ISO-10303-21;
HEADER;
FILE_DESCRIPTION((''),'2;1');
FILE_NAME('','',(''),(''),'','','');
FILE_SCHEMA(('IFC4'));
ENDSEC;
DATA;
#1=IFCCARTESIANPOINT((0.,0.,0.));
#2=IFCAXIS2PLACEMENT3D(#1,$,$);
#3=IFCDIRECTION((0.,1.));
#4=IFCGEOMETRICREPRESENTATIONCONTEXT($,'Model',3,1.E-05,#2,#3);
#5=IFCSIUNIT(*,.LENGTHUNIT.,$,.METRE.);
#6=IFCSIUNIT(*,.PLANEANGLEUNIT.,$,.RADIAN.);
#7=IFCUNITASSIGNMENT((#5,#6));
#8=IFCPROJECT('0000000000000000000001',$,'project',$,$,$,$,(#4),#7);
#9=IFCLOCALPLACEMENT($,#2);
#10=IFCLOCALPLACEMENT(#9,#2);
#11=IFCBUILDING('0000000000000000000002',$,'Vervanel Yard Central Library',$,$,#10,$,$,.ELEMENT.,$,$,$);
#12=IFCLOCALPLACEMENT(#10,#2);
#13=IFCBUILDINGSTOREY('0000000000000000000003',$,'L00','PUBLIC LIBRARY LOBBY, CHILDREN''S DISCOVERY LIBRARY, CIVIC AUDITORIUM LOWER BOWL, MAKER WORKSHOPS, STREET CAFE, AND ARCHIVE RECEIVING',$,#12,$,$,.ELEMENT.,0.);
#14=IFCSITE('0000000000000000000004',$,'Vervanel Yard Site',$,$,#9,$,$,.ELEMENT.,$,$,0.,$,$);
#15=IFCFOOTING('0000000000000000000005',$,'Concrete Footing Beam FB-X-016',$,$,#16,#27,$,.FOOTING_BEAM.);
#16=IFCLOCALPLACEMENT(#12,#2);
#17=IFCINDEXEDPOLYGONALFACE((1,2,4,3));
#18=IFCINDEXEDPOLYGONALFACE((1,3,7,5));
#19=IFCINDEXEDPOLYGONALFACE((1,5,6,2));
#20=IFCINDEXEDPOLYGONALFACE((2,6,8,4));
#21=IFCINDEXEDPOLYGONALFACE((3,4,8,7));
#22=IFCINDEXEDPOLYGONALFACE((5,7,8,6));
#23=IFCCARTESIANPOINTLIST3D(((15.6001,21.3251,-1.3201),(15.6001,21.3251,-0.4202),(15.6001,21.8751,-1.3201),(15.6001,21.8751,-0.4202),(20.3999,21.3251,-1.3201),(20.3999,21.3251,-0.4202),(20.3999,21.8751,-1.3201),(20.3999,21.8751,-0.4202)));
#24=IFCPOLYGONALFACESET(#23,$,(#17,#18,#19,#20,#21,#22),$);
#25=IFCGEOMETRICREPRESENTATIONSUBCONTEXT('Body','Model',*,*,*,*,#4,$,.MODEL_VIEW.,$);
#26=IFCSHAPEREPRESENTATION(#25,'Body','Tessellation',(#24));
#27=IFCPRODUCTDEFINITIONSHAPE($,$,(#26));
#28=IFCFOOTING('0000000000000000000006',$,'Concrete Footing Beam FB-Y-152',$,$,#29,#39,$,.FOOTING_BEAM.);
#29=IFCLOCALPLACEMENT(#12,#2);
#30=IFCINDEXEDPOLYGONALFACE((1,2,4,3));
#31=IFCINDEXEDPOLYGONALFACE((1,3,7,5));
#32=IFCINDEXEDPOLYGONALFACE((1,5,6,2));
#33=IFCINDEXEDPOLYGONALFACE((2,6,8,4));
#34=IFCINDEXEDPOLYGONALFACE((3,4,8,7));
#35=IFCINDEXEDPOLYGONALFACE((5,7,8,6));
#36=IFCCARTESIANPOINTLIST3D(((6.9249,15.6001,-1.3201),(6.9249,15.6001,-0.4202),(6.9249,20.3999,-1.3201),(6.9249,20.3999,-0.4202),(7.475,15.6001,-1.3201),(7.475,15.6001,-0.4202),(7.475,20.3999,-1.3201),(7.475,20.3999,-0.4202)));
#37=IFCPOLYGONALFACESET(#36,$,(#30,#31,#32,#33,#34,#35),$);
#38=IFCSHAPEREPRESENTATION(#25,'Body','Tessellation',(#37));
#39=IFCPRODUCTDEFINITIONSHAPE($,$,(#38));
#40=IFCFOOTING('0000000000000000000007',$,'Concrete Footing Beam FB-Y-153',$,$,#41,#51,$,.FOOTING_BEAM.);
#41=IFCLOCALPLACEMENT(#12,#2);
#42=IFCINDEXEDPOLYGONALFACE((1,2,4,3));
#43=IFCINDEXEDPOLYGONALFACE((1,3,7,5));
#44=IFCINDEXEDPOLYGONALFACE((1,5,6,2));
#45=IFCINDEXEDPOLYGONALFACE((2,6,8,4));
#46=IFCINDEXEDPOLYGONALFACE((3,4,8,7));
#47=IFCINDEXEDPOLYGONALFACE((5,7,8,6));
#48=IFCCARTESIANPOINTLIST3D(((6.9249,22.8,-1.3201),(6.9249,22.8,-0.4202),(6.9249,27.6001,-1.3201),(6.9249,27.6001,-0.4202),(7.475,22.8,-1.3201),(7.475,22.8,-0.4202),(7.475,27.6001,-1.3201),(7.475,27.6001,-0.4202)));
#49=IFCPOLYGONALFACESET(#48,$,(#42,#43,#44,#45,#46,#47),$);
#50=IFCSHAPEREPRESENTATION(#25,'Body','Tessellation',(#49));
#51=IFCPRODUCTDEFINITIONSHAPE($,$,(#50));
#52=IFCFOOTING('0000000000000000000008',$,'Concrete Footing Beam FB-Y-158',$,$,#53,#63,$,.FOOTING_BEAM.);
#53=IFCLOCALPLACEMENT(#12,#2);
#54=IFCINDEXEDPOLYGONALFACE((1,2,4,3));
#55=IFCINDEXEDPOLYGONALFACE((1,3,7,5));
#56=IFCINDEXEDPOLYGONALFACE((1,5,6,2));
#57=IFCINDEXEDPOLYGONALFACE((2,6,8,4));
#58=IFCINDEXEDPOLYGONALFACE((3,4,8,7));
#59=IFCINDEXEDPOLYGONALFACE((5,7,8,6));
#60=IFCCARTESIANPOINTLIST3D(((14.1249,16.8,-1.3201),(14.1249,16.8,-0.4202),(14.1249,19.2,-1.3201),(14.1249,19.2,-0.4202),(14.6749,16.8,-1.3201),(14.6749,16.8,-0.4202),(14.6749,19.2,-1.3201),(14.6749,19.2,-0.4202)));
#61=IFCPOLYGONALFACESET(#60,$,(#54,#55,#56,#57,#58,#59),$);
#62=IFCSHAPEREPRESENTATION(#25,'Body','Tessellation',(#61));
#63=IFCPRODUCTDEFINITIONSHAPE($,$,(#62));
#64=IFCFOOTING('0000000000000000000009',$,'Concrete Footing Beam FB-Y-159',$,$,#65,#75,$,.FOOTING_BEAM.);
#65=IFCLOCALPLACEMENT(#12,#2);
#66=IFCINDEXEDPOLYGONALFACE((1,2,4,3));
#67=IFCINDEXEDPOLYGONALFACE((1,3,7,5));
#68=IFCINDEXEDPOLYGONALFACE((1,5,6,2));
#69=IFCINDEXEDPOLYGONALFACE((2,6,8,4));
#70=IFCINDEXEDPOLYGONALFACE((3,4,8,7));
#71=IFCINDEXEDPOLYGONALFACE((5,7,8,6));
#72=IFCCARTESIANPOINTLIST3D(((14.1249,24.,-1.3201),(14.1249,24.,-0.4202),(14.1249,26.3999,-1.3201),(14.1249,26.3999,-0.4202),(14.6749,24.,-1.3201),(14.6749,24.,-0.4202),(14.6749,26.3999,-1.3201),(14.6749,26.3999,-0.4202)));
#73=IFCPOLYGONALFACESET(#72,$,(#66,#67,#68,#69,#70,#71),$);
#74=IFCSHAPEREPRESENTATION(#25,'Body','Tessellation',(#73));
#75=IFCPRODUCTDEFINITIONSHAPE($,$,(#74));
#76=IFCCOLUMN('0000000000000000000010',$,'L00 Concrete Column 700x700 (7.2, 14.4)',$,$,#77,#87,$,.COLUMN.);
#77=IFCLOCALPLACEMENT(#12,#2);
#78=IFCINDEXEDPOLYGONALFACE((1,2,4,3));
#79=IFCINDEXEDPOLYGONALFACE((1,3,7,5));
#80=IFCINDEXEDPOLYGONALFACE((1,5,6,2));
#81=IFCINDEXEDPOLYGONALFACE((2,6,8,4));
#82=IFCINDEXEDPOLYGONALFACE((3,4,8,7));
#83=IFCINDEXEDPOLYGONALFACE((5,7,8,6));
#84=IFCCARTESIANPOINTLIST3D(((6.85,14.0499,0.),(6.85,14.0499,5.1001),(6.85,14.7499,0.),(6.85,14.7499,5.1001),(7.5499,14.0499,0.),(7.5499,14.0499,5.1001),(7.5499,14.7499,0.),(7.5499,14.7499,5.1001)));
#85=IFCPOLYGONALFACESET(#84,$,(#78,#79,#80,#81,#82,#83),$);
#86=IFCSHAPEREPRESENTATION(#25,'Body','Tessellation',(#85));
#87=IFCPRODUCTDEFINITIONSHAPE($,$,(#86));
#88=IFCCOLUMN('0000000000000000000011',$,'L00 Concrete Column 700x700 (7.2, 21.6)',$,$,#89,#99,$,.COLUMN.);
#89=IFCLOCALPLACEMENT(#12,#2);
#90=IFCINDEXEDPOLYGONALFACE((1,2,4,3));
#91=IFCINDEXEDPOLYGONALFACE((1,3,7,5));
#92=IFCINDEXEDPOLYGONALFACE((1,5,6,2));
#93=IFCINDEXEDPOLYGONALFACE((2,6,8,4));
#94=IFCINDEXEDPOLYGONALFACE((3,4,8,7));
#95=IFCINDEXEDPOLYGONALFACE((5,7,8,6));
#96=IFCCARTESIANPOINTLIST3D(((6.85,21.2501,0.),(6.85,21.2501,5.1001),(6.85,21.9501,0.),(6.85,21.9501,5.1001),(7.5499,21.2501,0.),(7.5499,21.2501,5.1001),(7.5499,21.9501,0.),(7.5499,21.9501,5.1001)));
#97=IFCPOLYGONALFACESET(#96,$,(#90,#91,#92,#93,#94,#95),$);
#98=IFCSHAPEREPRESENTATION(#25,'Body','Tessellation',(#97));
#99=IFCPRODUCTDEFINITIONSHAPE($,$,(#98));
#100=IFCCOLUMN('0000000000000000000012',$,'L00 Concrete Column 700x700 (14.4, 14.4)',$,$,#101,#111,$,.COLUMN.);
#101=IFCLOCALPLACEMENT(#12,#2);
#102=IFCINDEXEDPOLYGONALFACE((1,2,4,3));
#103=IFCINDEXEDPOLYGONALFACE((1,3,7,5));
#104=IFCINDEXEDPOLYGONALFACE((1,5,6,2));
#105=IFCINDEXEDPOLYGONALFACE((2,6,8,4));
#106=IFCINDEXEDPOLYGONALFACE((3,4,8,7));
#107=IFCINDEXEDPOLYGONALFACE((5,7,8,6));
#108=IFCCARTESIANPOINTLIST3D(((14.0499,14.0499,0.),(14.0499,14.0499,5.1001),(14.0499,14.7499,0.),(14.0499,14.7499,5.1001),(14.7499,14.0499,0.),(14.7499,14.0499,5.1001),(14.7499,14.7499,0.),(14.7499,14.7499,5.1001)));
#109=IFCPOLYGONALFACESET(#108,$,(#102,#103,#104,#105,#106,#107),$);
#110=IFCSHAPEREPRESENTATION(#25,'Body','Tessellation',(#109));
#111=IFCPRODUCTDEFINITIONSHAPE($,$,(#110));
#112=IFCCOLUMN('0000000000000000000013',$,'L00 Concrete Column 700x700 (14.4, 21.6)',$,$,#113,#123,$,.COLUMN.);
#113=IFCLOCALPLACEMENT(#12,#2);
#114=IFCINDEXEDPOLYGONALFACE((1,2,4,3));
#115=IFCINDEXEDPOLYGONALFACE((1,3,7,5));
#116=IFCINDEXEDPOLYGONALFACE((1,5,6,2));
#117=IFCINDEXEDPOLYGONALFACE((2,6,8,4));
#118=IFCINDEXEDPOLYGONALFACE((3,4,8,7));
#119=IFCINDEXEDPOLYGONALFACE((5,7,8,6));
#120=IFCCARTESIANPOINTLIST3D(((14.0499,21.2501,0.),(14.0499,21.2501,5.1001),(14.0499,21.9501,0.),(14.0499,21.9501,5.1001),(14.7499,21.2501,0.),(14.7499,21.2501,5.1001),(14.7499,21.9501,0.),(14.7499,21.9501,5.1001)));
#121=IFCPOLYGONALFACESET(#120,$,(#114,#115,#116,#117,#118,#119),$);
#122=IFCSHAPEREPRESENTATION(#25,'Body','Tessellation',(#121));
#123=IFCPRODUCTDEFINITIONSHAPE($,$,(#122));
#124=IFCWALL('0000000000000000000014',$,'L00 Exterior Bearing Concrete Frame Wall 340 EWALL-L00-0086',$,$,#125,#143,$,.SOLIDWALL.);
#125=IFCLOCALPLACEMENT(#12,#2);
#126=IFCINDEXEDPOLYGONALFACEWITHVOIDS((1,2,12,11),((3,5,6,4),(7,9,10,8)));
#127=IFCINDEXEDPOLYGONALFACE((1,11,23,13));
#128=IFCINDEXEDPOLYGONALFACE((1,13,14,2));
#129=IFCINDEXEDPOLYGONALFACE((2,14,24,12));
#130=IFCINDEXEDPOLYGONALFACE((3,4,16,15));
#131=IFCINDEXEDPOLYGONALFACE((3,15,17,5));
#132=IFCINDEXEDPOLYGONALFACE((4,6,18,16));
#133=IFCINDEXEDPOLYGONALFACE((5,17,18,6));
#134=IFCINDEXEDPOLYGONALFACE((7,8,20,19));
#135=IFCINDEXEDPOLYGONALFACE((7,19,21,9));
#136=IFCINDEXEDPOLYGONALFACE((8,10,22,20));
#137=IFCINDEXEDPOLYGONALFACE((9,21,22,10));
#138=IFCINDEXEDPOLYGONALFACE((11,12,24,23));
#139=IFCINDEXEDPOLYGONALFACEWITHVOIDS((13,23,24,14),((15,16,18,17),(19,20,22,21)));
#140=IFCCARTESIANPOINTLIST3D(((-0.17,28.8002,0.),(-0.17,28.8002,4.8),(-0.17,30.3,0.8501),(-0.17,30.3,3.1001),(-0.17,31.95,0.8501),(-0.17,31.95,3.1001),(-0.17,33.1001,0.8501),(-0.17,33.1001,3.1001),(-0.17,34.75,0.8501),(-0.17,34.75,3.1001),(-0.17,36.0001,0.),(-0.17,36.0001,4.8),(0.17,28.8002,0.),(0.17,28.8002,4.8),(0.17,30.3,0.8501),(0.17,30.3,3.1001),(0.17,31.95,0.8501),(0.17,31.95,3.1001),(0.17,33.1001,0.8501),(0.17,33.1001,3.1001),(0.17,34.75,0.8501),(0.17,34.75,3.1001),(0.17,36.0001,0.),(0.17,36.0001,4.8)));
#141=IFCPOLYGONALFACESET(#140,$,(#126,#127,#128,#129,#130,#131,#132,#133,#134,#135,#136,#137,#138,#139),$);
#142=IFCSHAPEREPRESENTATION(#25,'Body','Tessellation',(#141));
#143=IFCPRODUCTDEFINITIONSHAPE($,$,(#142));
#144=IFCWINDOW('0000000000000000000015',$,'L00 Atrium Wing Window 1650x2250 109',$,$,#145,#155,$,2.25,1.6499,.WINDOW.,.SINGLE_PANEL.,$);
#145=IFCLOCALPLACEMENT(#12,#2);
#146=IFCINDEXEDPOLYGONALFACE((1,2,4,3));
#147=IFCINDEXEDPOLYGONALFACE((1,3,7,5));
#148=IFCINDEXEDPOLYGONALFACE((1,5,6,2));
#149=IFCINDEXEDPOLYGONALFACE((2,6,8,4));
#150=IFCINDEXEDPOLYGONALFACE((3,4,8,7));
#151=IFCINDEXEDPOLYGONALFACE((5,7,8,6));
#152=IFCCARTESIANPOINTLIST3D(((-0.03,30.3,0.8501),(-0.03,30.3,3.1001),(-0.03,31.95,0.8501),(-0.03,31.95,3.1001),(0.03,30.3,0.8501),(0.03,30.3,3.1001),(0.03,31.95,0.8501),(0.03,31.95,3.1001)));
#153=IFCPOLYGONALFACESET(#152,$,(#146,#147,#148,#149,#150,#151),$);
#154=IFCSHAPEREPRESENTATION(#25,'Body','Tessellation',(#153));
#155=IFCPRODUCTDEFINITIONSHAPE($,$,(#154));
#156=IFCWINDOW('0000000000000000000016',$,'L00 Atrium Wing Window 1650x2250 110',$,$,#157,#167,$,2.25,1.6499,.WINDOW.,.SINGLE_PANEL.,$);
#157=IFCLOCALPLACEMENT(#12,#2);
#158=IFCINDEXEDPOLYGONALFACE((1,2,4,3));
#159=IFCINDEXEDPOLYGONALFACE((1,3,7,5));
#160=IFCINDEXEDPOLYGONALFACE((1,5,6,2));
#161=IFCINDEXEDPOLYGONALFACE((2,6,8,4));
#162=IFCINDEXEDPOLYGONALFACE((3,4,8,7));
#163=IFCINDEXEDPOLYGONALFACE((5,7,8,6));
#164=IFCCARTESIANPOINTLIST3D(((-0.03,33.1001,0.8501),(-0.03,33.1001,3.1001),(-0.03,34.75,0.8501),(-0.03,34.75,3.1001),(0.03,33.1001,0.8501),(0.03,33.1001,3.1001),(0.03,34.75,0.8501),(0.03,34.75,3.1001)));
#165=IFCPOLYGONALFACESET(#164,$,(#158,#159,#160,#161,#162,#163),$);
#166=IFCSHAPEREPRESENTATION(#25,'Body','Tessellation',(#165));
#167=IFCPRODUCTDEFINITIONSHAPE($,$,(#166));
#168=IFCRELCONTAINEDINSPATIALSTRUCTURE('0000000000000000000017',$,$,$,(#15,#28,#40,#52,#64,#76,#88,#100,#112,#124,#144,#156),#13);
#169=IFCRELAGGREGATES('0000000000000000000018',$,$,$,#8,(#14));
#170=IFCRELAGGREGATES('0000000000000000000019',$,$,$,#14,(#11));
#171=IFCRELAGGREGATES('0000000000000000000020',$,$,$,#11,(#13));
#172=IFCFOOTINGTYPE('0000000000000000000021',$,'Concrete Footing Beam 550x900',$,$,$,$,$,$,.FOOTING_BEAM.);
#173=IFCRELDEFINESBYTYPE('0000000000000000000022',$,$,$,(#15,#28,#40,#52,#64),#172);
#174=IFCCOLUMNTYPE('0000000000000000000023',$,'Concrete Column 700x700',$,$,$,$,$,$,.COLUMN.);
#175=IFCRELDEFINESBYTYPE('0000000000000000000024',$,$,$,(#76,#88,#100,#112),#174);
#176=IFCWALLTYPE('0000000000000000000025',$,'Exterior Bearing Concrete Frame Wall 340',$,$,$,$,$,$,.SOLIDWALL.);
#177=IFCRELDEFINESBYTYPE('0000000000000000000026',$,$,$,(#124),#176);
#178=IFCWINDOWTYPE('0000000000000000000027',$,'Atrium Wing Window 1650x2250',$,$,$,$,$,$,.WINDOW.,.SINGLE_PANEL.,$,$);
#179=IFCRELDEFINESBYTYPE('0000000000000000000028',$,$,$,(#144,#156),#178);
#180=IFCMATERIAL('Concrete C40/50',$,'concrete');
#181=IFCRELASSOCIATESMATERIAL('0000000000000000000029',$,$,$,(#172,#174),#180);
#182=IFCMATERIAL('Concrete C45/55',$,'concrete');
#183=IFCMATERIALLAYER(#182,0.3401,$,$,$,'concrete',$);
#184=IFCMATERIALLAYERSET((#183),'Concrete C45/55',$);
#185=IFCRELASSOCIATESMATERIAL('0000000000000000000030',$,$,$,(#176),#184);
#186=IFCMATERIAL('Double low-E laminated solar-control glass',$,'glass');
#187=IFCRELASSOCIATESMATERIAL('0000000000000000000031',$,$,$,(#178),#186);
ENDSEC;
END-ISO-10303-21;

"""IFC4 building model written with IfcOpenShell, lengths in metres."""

from ifc_helpers import new_model, si_unit, direction, frame, frame_2d, origin, origin_2d, place, context, subcontext, project, spatial, rectangle, extrude, material, layer, layer_set, material_profile, profile_set, type_object, element, fill, save


model = new_model("IFC4")

# Units and contexts
model_context = context("Model", 3, precision=1e-05, world=origin(), true_north=direction((0.0, 1.0)))
body_context = subcontext(model_context, "Body", "Model", "MODEL_VIEW")
ifc_project = project(units=[si_unit("LENGTHUNIT", "METRE"), si_unit("PLANEANGLEUNIT", "RADIAN")], contexts=[model_context])

# Site, building, storey
site_placement = place(None, origin())
site = spatial("IfcSite", under=ifc_project, at=site_placement, Name="Vervanel Yard Site", CompositionType="ELEMENT", RefElevation=0.0)
building_placement = place(site_placement, origin())
building = spatial("IfcBuilding", under=site, at=building_placement, Name="Vervanel Yard Central Library", CompositionType="ELEMENT")
storey_placement = place(building_placement, origin())
storey = spatial("IfcBuildingStorey", under=building, at=storey_placement, Name="L00", Description="PUBLIC LIBRARY LOBBY, CHILDREN'S DISCOVERY LIBRARY, CIVIC AUDITORIUM LOWER BOWL, MAKER WORKSHOPS, STREET CAFE, AND ARCHIVE RECEIVING", CompositionType="ELEMENT", Elevation=0.0)

# Shared definitions
ifc_material_1 = material(Name="Concrete C40/50", Category="concrete")

# Footings
ifc_material_profile_1 = material_profile(ifc_material_1, rectangle(XDim=0.55, YDim=0.8999, at=origin_2d()), Name="RC 550x900", Category="concrete")
ifc_profile_set_1 = profile_set([ifc_material_profile_1], Name="Concrete C40/50")
footing_type_1 = type_object("IfcFootingType", Name="Concrete Footing Beam 550x900", PredefinedType="FOOTING_BEAM", material=ifc_profile_set_1)
for number, where, z_axis, x_axis, name in (
    (1, (15.6001, 21.6001, -0.8701), (1.0, 0.0, 0.0), (0.0, 1.0, 0.0), "Concrete Footing Beam FB-X-016"),
    (2, (7.2, 15.6001, -0.8701), (0.0, 1.0, 0.0), (-1.0, 0.0, 0.0), "Concrete Footing Beam FB-Y-152"),
):
    element("IfcFooting", number, at=place(storey_placement, frame(where, z_axis=z_axis, x_axis=x_axis)), inside=storey, type_object=footing_type_1, Name=name, PredefinedType="FOOTING_BEAM", context=body_context, shape_type="SweptSolid", body=[
        extrude(rectangle(XDim=0.55, YDim=0.8999, at=origin_2d()), origin(), (0.0, 0.0, 1.0), 4.7998),
    ])
footing_1_placement = place(storey_placement, frame((7.2, 22.8, -0.8701), z_axis=(0.0, 1.0, 0.0), x_axis=(-1.0, 0.0, 0.0)))
element("IfcFooting", 3, at=footing_1_placement, inside=storey, type_object=footing_type_1, Name="Concrete Footing Beam FB-Y-153", PredefinedType="FOOTING_BEAM", context=body_context, shape_type="SweptSolid", body=[
    extrude(rectangle(XDim=0.55, YDim=0.8999, at=origin_2d()), origin(), (0.0, 0.0, 1.0), 4.8),
])
for number, where, z_axis, x_axis, name in (
    (4, (14.3999, 16.8, -0.8701), (0.0, 1.0, 0.0), (-1.0, 0.0, 0.0), "Concrete Footing Beam FB-Y-158"),
    (5, (14.3999, 24.0, -0.8701), (0.0, 1.0, 0.0), (-1.0, 0.0, 0.0), "Concrete Footing Beam FB-Y-159"),
):
    element("IfcFooting", number, at=place(storey_placement, frame(where, z_axis=z_axis, x_axis=x_axis)), inside=storey, type_object=footing_type_1, Name=name, PredefinedType="FOOTING_BEAM", context=body_context, shape_type="SweptSolid", body=[
        extrude(rectangle(XDim=0.55, YDim=0.8999, at=origin_2d()), origin(), (0.0, 0.0, 1.0), 2.3999),
    ])

# Columns
ifc_material_profile_2 = material_profile(ifc_material_1, rectangle(XDim=0.7, YDim=0.7, at=origin_2d()), Name="RC 700x700", Category="concrete")
ifc_profile_set_2 = profile_set([ifc_material_profile_2], Name="Concrete C40/50")
column_type = type_object("IfcColumnType", Name="Concrete Column 700x700", PredefinedType="COLUMN", material=ifc_profile_set_2)
for number, where, z_axis, x_axis, name in (
    (6, (7.2, 14.3999, 0.0), (0.0, 0.0, 1.0), (1.0, 0.0, 0.0), "L00 Concrete Column 700x700 (7.2, 14.4)"),
    (7, (7.2, 21.6001, 0.0), (0.0, 0.0, 1.0), (1.0, 0.0, 0.0), "L00 Concrete Column 700x700 (7.2, 21.6)"),
    (8, (14.3999, 14.3999, 0.0), (0.0, 0.0, 1.0), (1.0, 0.0, 0.0), "L00 Concrete Column 700x700 (14.4, 14.4)"),
    (9, (14.3999, 21.6001, 0.0), (0.0, 0.0, 1.0), (1.0, 0.0, 0.0), "L00 Concrete Column 700x700 (14.4, 21.6)"),
):
    element("IfcColumn", number, at=place(storey_placement, frame(where, z_axis=z_axis, x_axis=x_axis)), inside=storey, type_object=column_type, Name=name, PredefinedType="COLUMN", context=body_context, shape_type="SweptSolid", body=[
        extrude(rectangle(XDim=0.7, YDim=0.7, at=origin_2d()), origin(), (0.0, 0.0, 1.0), 5.1001),
    ])

# Wall, openings, windows
ifc_material_2 = material(Name="Concrete C45/55", Category="concrete")
ifc_layer = layer(ifc_material_2, 0.3401, Category="concrete")
ifc_layer_set = layer_set([ifc_layer], Name="Concrete C45/55")
wall_type = type_object("IfcWallType", Name="Exterior Bearing Concrete Frame Wall 340", PredefinedType="SOLIDWALL", material=ifc_layer_set)
wall_placement = place(storey_placement, frame((0.0, 28.8, 0.0), z_axis=(0.0, 0.0, 1.0), x_axis=(0.0, 1.0, 0.0)))
wall = element("IfcWall", 10, at=wall_placement, inside=storey, type_object=wall_type, Name="L00 Exterior Bearing Concrete Frame Wall 340 EWALL-L00-0086", PredefinedType="SOLIDWALL", context=body_context, shape_type="SweptSolid", body=[
    extrude(rectangle(XDim=7.2, YDim=0.3401, at=frame_2d((3.6001, 0.0))), origin(), (0.0, 0.0, 1.0), 4.8),
])
opening_1_placement = place(wall_placement, frame((1.5, 0.0, 0.8501)))
opening_1 = element("IfcOpeningElement", 11, at=opening_1_placement, cuts=wall, PredefinedType="OPENING", context=body_context, shape_type="SweptSolid", body=[
    extrude(rectangle(XDim=1.6499, YDim=2.25, at=frame_2d((0.825, 1.125))), frame((0.0, 0.1799, 0.0), z_axis=(0.0, -1.0, 0.0), x_axis=(1.0, 0.0, 0.0)), (0.0, 0.0, 1.0), 0.3601),
])
opening_2_placement = place(wall_placement, frame((4.3, 0.0, 0.8501)))
opening_2 = element("IfcOpeningElement", 12, at=opening_2_placement, cuts=wall, PredefinedType="OPENING", context=body_context, shape_type="SweptSolid", body=[
    extrude(rectangle(XDim=1.6499, YDim=2.25, at=frame_2d((0.825, 1.125))), frame((0.0, 0.1799, 0.0), z_axis=(0.0, -1.0, 0.0), x_axis=(1.0, 0.0, 0.0)), (0.0, 0.0, 1.0), 0.3601),
])
ifc_material_3 = material(Name="Double low-E laminated solar-control glass", Category="glass")
window_type = type_object("IfcWindowType", Name="Atrium Wing Window 1650x2250", PartitioningType="SINGLE_PANEL", PredefinedType="WINDOW", material=ifc_material_3)
window_1_placement = place(opening_1_placement, origin())
window_1 = element("IfcWindow", 13, at=window_1_placement, inside=storey, type_object=window_type, Name="L00 Atrium Wing Window 1650x2250 109", OverallHeight=2.25, OverallWidth=1.6499, PartitioningType="SINGLE_PANEL", PredefinedType="WINDOW", context=body_context, shape_type="SweptSolid", body=[
    extrude(rectangle(XDim=1.6499, YDim=2.25, at=frame_2d((0.825, 1.125))), frame((0.0, 0.03, 0.0), z_axis=(0.0, -1.0, 0.0), x_axis=(1.0, 0.0, 0.0)), (0.0, 0.0, 1.0), 0.0601),
])
fill(opening_1, window_1)
window_2_placement = place(opening_2_placement, origin())
window_2 = element("IfcWindow", 14, at=window_2_placement, inside=storey, type_object=window_type, Name="L00 Atrium Wing Window 1650x2250 110", OverallHeight=2.25, OverallWidth=1.6499, PartitioningType="SINGLE_PANEL", PredefinedType="WINDOW", context=body_context, shape_type="SweptSolid", body=[
    extrude(rectangle(XDim=1.6499, YDim=2.25, at=frame_2d((0.825, 1.125))), frame((0.0, 0.03, 0.0), z_axis=(0.0, -1.0, 0.0), x_axis=(1.0, 0.0, 0.0)), (0.0, 0.0, 1.0), 0.0601),
])
fill(opening_2, window_2)

save(model, "model.ifc")
